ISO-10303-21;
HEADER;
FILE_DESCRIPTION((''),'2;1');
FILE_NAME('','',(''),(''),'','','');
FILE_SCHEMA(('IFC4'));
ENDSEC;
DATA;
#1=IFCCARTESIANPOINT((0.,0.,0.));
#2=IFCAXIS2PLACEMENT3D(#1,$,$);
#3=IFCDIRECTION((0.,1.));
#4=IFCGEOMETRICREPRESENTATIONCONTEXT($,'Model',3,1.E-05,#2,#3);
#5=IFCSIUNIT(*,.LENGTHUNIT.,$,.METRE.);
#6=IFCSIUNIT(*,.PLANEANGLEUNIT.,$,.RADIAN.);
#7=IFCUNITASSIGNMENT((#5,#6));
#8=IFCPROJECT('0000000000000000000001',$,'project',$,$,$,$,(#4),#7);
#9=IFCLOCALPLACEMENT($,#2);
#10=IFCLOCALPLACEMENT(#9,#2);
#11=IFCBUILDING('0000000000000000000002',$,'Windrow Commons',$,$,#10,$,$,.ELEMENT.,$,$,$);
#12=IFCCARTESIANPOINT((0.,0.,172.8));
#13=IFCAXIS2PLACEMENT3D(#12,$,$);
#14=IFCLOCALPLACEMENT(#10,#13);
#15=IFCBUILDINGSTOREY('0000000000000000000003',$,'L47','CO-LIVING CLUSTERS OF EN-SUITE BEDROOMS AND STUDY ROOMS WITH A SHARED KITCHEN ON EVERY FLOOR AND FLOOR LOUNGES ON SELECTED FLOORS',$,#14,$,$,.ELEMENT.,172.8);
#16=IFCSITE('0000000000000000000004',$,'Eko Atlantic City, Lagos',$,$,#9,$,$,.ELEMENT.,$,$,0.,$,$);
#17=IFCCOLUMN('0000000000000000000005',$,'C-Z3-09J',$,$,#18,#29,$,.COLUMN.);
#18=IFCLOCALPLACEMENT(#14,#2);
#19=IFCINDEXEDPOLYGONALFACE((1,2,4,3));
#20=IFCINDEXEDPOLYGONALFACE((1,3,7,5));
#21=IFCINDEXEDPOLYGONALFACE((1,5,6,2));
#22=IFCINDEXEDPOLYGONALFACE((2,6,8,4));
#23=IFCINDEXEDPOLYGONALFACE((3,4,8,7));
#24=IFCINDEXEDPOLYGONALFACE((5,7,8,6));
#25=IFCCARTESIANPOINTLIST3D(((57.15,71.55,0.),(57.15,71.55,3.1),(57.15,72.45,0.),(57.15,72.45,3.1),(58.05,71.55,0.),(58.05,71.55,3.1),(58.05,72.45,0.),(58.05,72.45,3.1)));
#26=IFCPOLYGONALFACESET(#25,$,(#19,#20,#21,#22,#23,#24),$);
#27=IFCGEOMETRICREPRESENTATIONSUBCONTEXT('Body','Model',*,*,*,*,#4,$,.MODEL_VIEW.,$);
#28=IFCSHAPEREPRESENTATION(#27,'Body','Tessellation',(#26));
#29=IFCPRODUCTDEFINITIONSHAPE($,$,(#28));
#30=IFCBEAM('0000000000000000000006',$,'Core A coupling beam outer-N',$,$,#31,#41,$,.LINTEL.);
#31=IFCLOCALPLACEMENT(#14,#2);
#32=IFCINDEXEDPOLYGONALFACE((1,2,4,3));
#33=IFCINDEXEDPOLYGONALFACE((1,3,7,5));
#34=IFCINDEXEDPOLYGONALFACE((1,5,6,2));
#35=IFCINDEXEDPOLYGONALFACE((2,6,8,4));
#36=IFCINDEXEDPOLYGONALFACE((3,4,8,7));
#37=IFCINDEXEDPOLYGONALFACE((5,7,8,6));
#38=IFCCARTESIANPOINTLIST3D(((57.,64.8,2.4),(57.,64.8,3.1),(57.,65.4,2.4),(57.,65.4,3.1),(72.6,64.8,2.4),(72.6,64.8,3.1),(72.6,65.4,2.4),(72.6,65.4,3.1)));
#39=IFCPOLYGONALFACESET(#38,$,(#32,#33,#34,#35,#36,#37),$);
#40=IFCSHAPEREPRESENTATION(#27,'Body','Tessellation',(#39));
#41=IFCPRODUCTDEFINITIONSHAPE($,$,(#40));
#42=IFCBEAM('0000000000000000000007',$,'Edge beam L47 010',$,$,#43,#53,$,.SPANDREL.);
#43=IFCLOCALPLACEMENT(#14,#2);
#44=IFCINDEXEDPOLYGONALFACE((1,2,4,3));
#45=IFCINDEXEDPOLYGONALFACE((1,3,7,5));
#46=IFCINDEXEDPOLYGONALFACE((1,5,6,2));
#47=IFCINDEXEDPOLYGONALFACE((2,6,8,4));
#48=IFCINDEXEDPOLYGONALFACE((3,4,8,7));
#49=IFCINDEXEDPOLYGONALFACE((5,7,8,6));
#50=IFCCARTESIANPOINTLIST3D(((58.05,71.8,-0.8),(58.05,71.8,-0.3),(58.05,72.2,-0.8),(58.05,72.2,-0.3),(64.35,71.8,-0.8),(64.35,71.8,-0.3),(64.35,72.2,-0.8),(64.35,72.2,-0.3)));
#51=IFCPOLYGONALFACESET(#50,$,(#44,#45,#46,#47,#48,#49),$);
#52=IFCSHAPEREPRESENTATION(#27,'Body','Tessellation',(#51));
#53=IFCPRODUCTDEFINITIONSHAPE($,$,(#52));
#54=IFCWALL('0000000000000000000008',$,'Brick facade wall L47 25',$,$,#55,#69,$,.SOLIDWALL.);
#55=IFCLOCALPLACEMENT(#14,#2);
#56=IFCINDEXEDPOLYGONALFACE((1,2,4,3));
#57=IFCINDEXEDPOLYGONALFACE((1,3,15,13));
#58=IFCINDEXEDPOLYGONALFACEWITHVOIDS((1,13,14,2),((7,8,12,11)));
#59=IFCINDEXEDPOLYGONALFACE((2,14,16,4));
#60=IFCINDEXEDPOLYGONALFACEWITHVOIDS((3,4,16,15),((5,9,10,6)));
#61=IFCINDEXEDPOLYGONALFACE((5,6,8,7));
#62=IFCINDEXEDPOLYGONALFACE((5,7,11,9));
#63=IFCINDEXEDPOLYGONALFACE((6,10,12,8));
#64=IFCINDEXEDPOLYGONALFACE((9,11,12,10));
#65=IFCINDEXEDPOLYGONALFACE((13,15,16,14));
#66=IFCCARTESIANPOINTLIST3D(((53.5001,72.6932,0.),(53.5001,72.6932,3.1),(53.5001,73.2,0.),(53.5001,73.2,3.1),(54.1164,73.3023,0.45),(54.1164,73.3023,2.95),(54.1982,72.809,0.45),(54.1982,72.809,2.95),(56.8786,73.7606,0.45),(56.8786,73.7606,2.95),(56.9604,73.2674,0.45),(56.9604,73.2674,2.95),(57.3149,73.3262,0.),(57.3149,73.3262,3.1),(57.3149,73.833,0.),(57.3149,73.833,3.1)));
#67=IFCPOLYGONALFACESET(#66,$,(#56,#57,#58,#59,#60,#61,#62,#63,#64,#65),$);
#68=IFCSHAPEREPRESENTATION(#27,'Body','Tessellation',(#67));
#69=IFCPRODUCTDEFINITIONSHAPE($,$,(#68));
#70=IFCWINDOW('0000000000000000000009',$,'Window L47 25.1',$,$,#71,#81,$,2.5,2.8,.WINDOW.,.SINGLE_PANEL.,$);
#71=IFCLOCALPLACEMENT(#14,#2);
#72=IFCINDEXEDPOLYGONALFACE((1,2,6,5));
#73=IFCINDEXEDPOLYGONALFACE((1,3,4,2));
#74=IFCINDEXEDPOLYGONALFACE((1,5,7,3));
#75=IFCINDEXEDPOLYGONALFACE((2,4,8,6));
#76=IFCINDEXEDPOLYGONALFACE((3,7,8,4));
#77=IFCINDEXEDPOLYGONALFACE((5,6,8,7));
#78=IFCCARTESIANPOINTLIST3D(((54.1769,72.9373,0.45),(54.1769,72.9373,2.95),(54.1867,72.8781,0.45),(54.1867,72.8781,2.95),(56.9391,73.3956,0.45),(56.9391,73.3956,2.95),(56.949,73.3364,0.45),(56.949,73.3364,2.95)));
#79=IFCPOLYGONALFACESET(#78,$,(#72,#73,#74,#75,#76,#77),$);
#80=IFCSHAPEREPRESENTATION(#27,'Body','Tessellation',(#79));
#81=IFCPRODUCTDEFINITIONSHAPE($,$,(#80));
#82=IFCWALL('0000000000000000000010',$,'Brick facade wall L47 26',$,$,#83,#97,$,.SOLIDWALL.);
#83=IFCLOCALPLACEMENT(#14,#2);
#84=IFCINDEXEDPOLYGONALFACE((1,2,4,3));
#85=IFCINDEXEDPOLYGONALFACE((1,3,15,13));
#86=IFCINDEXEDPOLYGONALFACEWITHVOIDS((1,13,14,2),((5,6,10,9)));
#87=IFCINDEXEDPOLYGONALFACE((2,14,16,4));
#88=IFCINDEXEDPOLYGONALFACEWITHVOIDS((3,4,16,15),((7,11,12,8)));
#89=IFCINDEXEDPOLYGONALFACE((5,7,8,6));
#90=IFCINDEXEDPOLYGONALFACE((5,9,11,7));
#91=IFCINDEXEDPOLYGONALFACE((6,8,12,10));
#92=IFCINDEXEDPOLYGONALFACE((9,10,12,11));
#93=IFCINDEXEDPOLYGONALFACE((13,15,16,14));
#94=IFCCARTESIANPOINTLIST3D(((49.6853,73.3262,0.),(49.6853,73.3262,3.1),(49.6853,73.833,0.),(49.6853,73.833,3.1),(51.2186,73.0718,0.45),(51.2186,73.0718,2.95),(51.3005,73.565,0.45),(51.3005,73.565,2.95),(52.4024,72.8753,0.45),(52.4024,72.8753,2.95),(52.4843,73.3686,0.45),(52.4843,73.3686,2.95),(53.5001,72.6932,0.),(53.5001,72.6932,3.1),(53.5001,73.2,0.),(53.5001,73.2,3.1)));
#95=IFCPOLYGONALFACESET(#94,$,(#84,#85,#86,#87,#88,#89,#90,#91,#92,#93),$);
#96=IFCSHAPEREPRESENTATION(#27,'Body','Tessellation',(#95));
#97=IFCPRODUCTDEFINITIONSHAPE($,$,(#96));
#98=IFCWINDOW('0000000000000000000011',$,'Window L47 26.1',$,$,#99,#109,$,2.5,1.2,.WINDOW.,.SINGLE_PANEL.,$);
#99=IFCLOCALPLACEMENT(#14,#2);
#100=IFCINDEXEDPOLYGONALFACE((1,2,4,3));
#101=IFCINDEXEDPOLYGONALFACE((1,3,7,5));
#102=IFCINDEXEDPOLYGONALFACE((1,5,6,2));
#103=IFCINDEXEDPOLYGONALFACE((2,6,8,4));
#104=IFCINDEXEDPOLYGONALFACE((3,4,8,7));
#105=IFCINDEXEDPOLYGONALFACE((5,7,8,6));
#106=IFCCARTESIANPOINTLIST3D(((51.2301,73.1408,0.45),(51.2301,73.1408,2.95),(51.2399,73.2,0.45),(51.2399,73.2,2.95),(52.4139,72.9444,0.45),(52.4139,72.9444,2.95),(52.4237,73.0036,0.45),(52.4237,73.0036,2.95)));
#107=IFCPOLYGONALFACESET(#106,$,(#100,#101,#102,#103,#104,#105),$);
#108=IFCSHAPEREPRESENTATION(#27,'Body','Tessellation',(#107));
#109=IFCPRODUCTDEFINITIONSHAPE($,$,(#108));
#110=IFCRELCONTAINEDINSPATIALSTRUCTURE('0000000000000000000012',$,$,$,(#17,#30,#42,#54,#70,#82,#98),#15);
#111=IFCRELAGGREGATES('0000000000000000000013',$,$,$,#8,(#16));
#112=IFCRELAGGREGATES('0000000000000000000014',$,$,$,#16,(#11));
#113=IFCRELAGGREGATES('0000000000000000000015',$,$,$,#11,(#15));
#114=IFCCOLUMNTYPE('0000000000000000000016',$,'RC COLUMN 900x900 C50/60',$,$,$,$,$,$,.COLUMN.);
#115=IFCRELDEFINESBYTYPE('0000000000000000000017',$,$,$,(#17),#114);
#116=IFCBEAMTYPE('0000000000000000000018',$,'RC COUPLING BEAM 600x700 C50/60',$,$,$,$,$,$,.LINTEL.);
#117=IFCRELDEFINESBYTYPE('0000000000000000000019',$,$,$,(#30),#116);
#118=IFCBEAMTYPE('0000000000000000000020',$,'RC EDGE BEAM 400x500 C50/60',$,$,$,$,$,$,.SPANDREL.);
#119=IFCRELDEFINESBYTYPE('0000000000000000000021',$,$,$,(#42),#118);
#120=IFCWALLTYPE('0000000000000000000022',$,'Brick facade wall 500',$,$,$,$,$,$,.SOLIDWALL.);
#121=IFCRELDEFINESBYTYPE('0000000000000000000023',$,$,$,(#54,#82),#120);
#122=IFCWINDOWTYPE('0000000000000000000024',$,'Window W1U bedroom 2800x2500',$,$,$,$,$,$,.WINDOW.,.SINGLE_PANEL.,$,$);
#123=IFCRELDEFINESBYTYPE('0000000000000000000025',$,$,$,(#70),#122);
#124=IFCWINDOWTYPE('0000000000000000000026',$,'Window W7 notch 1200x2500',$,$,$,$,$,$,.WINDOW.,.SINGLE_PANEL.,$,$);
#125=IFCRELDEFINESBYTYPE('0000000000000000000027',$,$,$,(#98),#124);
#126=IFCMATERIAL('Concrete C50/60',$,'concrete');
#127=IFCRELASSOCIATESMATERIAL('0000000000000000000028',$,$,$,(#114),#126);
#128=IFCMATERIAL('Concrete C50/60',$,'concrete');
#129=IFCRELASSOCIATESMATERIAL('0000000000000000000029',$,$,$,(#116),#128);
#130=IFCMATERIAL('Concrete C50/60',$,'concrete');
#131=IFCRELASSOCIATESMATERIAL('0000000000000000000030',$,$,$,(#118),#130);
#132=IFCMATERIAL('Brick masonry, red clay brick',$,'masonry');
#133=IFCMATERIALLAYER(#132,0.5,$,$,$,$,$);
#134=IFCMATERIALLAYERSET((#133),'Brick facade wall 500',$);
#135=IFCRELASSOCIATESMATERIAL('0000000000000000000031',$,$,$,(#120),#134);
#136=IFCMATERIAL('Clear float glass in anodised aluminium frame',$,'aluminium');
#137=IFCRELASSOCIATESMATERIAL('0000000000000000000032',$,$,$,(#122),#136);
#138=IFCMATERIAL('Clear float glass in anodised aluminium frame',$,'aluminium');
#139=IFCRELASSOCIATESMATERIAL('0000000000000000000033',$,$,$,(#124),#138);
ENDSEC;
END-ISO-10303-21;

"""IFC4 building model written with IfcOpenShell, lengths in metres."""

from ifc_helpers import new_model, si_unit, direction, frame, frame_2d, origin, origin_2d, place, context, subcontext, project, spatial, polyline, rectangle, outline, extrude, material, layer, layer_set, material_profile, profile_set, type_object, element, fill, save


model = new_model("IFC4")

# Units and contexts
model_context = context("Model", 3, precision=1e-05, world=origin(), true_north=direction((0.0, 1.0)))
body_context = subcontext(model_context, "Body", "Model", "MODEL_VIEW")
ifc_project = project(units=[si_unit("LENGTHUNIT", "METRE"), si_unit("PLANEANGLEUNIT", "RADIAN")], contexts=[model_context])

# Site, building, storey
site_placement = place(None, origin())
site = spatial("IfcSite", under=ifc_project, at=site_placement, Name="Eko Atlantic City, Lagos", CompositionType="ELEMENT", RefElevation=0.0)
building_placement = place(site_placement, origin())
building = spatial("IfcBuilding", under=site, at=building_placement, Name="Windrow Commons", CompositionType="ELEMENT")
storey_placement = place(building_placement, frame((0.0, 0.0, 172.8)))
storey = spatial("IfcBuildingStorey", under=building, at=storey_placement, Name="L47", Description="CO-LIVING CLUSTERS OF EN-SUITE BEDROOMS AND STUDY ROOMS WITH A SHARED KITCHEN ON EVERY FLOOR AND FLOOR LOUNGES ON SELECTED FLOORS", CompositionType="ELEMENT", Elevation=172.8)

# Column
ifc_material_1 = material(Name="Concrete C50/60", Category="concrete")
ifc_material_profile_1 = material_profile(ifc_material_1, rectangle(XDim=0.9, YDim=0.9, at=origin_2d()))
ifc_profile_set_1 = profile_set([ifc_material_profile_1], Name="Concrete C50/60")
column_type = type_object("IfcColumnType", Name="RC COLUMN 900x900 C50/60", PredefinedType="COLUMN", material=ifc_profile_set_1)
column_placement = place(storey_placement, frame((57.6, 72.0, 0.0), z_axis=(0.0, 0.0, 1.0), x_axis=(1.0, 0.0, 0.0)))
element("IfcColumn", 1, at=column_placement, inside=storey, type_object=column_type, Name="C-Z3-09J", PredefinedType="COLUMN", context=body_context, shape_type="SweptSolid", body=[
    extrude(rectangle(XDim=0.9, YDim=0.9, at=origin_2d()), origin(), (0.0, 0.0, 1.0), 3.1),
])

# Beams
ifc_material_2 = material(Name="Concrete C50/60", Category="concrete")
ifc_material_profile_2 = material_profile(ifc_material_2, rectangle(XDim=0.6, YDim=0.7, at=origin_2d()))
ifc_profile_set_2 = profile_set([ifc_material_profile_2], Name="Concrete C50/60")
beam_type_1 = type_object("IfcBeamType", Name="RC COUPLING BEAM 600x700 C50/60", PredefinedType="LINTEL", material=ifc_profile_set_2)
beam_1_placement = place(storey_placement, frame((57.0, 65.1, 2.75), z_axis=(1.0, 0.0, 0.0), x_axis=(0.0, 1.0, 0.0)))
element("IfcBeam", 2, at=beam_1_placement, inside=storey, type_object=beam_type_1, Name="Core A coupling beam outer-N", PredefinedType="LINTEL", context=body_context, shape_type="SweptSolid", body=[
    extrude(rectangle(XDim=0.6, YDim=0.7, at=origin_2d()), origin(), (0.0, 0.0, 1.0), 15.6),
])
ifc_material_3 = material(Name="Concrete C50/60", Category="concrete")
ifc_material_profile_3 = material_profile(ifc_material_3, rectangle(XDim=0.4, YDim=0.5, at=origin_2d()))
ifc_profile_set_3 = profile_set([ifc_material_profile_3], Name="Concrete C50/60")
beam_type_2 = type_object("IfcBeamType", Name="RC EDGE BEAM 400x500 C50/60", PredefinedType="SPANDREL", material=ifc_profile_set_3)
beam_2_placement = place(storey_placement, frame((58.05, 72.0, -0.55), z_axis=(1.0, 0.0, 0.0), x_axis=(0.0, 1.0, 0.0)))
element("IfcBeam", 3, at=beam_2_placement, inside=storey, type_object=beam_type_2, Name="Edge beam L47 010", PredefinedType="SPANDREL", context=body_context, shape_type="SweptSolid", body=[
    extrude(rectangle(XDim=0.4, YDim=0.5, at=origin_2d()), origin(), (0.0, 0.0, 1.0), 6.3),
])

# Walls, openings, windows
ifc_material_4 = material(Name="Brick masonry, red clay brick", Category="masonry")
ifc_layer_1 = layer(ifc_material_4, 0.5)
ifc_layer_set_1 = layer_set([ifc_layer_1], Name="Brick facade wall 500")
wall_type_1 = type_object("IfcWallType", Name="Brick facade wall 500", PredefinedType="SOLIDWALL", material=ifc_layer_set_1)
wall_1_placement = place(storey_placement, frame((57.3149, 73.5796, 0.0), z_axis=(0.0, 0.0, 1.0), x_axis=(-0.986511, -0.163694, 0.0)))
wall_1 = element("IfcWall", 4, at=wall_1_placement, inside=storey, type_object=wall_type_1, Name="Brick facade wall L47 25", PredefinedType="SOLIDWALL", context=body_context, shape_type="SweptSolid", body=[
    extrude(outline(polyline([(-0.0415, -0.25), (3.8255, -0.25), (3.9084, 0.25), (0.0415, 0.25), (-0.0415, -0.25)])), origin(), (0.0, 0.0, 1.0), 3.1),
])
opening_1_placement = place(wall_1_placement, frame((0.4008, 0.0, 0.45)))
opening_1 = element("IfcOpeningElement", 5, at=opening_1_placement, cuts=wall_1, PredefinedType="OPENING", context=body_context, shape_type="SweptSolid", body=[
    extrude(rectangle(XDim=2.8, YDim=2.5, at=frame_2d((1.4, 1.25))), frame((0.0, 0.26, 0.0), z_axis=(0.0, -1.0, 0.0), x_axis=(1.0, 0.0, 0.0)), (0.0, 0.0, 1.0), 0.52),
])
ifc_material_5 = material(Name="Clear float glass in anodised aluminium frame", Category="aluminium")
window_type_1 = type_object("IfcWindowType", Name="Window W1U bedroom 2800x2500", PartitioningType="SINGLE_PANEL", PredefinedType="WINDOW", material=ifc_material_5)
window_1_placement = place(opening_1_placement, origin())
window_1 = element("IfcWindow", 6, at=window_1_placement, inside=storey, type_object=window_type_1, Name="Window L47 25.1", OverallHeight=2.5, OverallWidth=2.8, PartitioningType="SINGLE_PANEL", PredefinedType="WINDOW", context=body_context, shape_type="SweptSolid", body=[
    extrude(rectangle(XDim=2.8, YDim=2.5, at=frame_2d((1.4, 1.25))), frame((0.0, 0.18, 0.0), z_axis=(0.0, -1.0, 0.0), x_axis=(1.0, 0.0, 0.0)), (0.0, 0.0, 1.0), 0.06),
])
fill(opening_1, window_1)
wall_2_placement = place(storey_placement, frame((53.5001, 72.9466, 0.0), z_axis=(0.0, 0.0, 1.0), x_axis=(-0.986511, 0.163694, 0.0)))
wall_2 = element("IfcWall", 7, at=wall_2_placement, inside=storey, type_object=wall_type_1, Name="Brick facade wall L47 26", PredefinedType="SOLIDWALL", context=body_context, shape_type="SweptSolid", body=[
    extrude(outline(polyline([(0.0415, -0.25), (3.9084, -0.25), (3.8255, 0.25), (-0.0415, 0.25), (0.0415, -0.25)])), origin(), (0.0, 0.0, 1.0), 3.1),
])
opening_2_placement = place(wall_2_placement, frame((1.0712, 0.0, 0.45)))
opening_2 = element("IfcOpeningElement", 8, at=opening_2_placement, cuts=wall_2, PredefinedType="OPENING", context=body_context, shape_type="SweptSolid", body=[
    extrude(rectangle(XDim=1.2, YDim=2.5, at=frame_2d((0.6, 1.25))), frame((0.0, 0.26, 0.0), z_axis=(0.0, -1.0, 0.0), x_axis=(1.0, 0.0, 0.0)), (0.0, 0.0, 1.0), 0.52),
])
ifc_material_6 = material(Name="Clear float glass in anodised aluminium frame", Category="aluminium")
window_type_2 = type_object("IfcWindowType", Name="Window W7 notch 1200x2500", PartitioningType="SINGLE_PANEL", PredefinedType="WINDOW", material=ifc_material_6)
window_2_placement = place(opening_2_placement, origin())
window_2 = element("IfcWindow", 9, at=window_2_placement, inside=storey, type_object=window_type_2, Name="Window L47 26.1", OverallHeight=2.5, OverallWidth=1.2, PartitioningType="SINGLE_PANEL", PredefinedType="WINDOW", context=body_context, shape_type="SweptSolid", body=[
    extrude(rectangle(XDim=1.2, YDim=2.5, at=frame_2d((0.6, 1.25))), frame((0.0, 0.18, 0.0), z_axis=(0.0, -1.0, 0.0), x_axis=(1.0, 0.0, 0.0)), (0.0, 0.0, 1.0), 0.06),
])
fill(opening_2, window_2)

save(model, "model.ifc")
